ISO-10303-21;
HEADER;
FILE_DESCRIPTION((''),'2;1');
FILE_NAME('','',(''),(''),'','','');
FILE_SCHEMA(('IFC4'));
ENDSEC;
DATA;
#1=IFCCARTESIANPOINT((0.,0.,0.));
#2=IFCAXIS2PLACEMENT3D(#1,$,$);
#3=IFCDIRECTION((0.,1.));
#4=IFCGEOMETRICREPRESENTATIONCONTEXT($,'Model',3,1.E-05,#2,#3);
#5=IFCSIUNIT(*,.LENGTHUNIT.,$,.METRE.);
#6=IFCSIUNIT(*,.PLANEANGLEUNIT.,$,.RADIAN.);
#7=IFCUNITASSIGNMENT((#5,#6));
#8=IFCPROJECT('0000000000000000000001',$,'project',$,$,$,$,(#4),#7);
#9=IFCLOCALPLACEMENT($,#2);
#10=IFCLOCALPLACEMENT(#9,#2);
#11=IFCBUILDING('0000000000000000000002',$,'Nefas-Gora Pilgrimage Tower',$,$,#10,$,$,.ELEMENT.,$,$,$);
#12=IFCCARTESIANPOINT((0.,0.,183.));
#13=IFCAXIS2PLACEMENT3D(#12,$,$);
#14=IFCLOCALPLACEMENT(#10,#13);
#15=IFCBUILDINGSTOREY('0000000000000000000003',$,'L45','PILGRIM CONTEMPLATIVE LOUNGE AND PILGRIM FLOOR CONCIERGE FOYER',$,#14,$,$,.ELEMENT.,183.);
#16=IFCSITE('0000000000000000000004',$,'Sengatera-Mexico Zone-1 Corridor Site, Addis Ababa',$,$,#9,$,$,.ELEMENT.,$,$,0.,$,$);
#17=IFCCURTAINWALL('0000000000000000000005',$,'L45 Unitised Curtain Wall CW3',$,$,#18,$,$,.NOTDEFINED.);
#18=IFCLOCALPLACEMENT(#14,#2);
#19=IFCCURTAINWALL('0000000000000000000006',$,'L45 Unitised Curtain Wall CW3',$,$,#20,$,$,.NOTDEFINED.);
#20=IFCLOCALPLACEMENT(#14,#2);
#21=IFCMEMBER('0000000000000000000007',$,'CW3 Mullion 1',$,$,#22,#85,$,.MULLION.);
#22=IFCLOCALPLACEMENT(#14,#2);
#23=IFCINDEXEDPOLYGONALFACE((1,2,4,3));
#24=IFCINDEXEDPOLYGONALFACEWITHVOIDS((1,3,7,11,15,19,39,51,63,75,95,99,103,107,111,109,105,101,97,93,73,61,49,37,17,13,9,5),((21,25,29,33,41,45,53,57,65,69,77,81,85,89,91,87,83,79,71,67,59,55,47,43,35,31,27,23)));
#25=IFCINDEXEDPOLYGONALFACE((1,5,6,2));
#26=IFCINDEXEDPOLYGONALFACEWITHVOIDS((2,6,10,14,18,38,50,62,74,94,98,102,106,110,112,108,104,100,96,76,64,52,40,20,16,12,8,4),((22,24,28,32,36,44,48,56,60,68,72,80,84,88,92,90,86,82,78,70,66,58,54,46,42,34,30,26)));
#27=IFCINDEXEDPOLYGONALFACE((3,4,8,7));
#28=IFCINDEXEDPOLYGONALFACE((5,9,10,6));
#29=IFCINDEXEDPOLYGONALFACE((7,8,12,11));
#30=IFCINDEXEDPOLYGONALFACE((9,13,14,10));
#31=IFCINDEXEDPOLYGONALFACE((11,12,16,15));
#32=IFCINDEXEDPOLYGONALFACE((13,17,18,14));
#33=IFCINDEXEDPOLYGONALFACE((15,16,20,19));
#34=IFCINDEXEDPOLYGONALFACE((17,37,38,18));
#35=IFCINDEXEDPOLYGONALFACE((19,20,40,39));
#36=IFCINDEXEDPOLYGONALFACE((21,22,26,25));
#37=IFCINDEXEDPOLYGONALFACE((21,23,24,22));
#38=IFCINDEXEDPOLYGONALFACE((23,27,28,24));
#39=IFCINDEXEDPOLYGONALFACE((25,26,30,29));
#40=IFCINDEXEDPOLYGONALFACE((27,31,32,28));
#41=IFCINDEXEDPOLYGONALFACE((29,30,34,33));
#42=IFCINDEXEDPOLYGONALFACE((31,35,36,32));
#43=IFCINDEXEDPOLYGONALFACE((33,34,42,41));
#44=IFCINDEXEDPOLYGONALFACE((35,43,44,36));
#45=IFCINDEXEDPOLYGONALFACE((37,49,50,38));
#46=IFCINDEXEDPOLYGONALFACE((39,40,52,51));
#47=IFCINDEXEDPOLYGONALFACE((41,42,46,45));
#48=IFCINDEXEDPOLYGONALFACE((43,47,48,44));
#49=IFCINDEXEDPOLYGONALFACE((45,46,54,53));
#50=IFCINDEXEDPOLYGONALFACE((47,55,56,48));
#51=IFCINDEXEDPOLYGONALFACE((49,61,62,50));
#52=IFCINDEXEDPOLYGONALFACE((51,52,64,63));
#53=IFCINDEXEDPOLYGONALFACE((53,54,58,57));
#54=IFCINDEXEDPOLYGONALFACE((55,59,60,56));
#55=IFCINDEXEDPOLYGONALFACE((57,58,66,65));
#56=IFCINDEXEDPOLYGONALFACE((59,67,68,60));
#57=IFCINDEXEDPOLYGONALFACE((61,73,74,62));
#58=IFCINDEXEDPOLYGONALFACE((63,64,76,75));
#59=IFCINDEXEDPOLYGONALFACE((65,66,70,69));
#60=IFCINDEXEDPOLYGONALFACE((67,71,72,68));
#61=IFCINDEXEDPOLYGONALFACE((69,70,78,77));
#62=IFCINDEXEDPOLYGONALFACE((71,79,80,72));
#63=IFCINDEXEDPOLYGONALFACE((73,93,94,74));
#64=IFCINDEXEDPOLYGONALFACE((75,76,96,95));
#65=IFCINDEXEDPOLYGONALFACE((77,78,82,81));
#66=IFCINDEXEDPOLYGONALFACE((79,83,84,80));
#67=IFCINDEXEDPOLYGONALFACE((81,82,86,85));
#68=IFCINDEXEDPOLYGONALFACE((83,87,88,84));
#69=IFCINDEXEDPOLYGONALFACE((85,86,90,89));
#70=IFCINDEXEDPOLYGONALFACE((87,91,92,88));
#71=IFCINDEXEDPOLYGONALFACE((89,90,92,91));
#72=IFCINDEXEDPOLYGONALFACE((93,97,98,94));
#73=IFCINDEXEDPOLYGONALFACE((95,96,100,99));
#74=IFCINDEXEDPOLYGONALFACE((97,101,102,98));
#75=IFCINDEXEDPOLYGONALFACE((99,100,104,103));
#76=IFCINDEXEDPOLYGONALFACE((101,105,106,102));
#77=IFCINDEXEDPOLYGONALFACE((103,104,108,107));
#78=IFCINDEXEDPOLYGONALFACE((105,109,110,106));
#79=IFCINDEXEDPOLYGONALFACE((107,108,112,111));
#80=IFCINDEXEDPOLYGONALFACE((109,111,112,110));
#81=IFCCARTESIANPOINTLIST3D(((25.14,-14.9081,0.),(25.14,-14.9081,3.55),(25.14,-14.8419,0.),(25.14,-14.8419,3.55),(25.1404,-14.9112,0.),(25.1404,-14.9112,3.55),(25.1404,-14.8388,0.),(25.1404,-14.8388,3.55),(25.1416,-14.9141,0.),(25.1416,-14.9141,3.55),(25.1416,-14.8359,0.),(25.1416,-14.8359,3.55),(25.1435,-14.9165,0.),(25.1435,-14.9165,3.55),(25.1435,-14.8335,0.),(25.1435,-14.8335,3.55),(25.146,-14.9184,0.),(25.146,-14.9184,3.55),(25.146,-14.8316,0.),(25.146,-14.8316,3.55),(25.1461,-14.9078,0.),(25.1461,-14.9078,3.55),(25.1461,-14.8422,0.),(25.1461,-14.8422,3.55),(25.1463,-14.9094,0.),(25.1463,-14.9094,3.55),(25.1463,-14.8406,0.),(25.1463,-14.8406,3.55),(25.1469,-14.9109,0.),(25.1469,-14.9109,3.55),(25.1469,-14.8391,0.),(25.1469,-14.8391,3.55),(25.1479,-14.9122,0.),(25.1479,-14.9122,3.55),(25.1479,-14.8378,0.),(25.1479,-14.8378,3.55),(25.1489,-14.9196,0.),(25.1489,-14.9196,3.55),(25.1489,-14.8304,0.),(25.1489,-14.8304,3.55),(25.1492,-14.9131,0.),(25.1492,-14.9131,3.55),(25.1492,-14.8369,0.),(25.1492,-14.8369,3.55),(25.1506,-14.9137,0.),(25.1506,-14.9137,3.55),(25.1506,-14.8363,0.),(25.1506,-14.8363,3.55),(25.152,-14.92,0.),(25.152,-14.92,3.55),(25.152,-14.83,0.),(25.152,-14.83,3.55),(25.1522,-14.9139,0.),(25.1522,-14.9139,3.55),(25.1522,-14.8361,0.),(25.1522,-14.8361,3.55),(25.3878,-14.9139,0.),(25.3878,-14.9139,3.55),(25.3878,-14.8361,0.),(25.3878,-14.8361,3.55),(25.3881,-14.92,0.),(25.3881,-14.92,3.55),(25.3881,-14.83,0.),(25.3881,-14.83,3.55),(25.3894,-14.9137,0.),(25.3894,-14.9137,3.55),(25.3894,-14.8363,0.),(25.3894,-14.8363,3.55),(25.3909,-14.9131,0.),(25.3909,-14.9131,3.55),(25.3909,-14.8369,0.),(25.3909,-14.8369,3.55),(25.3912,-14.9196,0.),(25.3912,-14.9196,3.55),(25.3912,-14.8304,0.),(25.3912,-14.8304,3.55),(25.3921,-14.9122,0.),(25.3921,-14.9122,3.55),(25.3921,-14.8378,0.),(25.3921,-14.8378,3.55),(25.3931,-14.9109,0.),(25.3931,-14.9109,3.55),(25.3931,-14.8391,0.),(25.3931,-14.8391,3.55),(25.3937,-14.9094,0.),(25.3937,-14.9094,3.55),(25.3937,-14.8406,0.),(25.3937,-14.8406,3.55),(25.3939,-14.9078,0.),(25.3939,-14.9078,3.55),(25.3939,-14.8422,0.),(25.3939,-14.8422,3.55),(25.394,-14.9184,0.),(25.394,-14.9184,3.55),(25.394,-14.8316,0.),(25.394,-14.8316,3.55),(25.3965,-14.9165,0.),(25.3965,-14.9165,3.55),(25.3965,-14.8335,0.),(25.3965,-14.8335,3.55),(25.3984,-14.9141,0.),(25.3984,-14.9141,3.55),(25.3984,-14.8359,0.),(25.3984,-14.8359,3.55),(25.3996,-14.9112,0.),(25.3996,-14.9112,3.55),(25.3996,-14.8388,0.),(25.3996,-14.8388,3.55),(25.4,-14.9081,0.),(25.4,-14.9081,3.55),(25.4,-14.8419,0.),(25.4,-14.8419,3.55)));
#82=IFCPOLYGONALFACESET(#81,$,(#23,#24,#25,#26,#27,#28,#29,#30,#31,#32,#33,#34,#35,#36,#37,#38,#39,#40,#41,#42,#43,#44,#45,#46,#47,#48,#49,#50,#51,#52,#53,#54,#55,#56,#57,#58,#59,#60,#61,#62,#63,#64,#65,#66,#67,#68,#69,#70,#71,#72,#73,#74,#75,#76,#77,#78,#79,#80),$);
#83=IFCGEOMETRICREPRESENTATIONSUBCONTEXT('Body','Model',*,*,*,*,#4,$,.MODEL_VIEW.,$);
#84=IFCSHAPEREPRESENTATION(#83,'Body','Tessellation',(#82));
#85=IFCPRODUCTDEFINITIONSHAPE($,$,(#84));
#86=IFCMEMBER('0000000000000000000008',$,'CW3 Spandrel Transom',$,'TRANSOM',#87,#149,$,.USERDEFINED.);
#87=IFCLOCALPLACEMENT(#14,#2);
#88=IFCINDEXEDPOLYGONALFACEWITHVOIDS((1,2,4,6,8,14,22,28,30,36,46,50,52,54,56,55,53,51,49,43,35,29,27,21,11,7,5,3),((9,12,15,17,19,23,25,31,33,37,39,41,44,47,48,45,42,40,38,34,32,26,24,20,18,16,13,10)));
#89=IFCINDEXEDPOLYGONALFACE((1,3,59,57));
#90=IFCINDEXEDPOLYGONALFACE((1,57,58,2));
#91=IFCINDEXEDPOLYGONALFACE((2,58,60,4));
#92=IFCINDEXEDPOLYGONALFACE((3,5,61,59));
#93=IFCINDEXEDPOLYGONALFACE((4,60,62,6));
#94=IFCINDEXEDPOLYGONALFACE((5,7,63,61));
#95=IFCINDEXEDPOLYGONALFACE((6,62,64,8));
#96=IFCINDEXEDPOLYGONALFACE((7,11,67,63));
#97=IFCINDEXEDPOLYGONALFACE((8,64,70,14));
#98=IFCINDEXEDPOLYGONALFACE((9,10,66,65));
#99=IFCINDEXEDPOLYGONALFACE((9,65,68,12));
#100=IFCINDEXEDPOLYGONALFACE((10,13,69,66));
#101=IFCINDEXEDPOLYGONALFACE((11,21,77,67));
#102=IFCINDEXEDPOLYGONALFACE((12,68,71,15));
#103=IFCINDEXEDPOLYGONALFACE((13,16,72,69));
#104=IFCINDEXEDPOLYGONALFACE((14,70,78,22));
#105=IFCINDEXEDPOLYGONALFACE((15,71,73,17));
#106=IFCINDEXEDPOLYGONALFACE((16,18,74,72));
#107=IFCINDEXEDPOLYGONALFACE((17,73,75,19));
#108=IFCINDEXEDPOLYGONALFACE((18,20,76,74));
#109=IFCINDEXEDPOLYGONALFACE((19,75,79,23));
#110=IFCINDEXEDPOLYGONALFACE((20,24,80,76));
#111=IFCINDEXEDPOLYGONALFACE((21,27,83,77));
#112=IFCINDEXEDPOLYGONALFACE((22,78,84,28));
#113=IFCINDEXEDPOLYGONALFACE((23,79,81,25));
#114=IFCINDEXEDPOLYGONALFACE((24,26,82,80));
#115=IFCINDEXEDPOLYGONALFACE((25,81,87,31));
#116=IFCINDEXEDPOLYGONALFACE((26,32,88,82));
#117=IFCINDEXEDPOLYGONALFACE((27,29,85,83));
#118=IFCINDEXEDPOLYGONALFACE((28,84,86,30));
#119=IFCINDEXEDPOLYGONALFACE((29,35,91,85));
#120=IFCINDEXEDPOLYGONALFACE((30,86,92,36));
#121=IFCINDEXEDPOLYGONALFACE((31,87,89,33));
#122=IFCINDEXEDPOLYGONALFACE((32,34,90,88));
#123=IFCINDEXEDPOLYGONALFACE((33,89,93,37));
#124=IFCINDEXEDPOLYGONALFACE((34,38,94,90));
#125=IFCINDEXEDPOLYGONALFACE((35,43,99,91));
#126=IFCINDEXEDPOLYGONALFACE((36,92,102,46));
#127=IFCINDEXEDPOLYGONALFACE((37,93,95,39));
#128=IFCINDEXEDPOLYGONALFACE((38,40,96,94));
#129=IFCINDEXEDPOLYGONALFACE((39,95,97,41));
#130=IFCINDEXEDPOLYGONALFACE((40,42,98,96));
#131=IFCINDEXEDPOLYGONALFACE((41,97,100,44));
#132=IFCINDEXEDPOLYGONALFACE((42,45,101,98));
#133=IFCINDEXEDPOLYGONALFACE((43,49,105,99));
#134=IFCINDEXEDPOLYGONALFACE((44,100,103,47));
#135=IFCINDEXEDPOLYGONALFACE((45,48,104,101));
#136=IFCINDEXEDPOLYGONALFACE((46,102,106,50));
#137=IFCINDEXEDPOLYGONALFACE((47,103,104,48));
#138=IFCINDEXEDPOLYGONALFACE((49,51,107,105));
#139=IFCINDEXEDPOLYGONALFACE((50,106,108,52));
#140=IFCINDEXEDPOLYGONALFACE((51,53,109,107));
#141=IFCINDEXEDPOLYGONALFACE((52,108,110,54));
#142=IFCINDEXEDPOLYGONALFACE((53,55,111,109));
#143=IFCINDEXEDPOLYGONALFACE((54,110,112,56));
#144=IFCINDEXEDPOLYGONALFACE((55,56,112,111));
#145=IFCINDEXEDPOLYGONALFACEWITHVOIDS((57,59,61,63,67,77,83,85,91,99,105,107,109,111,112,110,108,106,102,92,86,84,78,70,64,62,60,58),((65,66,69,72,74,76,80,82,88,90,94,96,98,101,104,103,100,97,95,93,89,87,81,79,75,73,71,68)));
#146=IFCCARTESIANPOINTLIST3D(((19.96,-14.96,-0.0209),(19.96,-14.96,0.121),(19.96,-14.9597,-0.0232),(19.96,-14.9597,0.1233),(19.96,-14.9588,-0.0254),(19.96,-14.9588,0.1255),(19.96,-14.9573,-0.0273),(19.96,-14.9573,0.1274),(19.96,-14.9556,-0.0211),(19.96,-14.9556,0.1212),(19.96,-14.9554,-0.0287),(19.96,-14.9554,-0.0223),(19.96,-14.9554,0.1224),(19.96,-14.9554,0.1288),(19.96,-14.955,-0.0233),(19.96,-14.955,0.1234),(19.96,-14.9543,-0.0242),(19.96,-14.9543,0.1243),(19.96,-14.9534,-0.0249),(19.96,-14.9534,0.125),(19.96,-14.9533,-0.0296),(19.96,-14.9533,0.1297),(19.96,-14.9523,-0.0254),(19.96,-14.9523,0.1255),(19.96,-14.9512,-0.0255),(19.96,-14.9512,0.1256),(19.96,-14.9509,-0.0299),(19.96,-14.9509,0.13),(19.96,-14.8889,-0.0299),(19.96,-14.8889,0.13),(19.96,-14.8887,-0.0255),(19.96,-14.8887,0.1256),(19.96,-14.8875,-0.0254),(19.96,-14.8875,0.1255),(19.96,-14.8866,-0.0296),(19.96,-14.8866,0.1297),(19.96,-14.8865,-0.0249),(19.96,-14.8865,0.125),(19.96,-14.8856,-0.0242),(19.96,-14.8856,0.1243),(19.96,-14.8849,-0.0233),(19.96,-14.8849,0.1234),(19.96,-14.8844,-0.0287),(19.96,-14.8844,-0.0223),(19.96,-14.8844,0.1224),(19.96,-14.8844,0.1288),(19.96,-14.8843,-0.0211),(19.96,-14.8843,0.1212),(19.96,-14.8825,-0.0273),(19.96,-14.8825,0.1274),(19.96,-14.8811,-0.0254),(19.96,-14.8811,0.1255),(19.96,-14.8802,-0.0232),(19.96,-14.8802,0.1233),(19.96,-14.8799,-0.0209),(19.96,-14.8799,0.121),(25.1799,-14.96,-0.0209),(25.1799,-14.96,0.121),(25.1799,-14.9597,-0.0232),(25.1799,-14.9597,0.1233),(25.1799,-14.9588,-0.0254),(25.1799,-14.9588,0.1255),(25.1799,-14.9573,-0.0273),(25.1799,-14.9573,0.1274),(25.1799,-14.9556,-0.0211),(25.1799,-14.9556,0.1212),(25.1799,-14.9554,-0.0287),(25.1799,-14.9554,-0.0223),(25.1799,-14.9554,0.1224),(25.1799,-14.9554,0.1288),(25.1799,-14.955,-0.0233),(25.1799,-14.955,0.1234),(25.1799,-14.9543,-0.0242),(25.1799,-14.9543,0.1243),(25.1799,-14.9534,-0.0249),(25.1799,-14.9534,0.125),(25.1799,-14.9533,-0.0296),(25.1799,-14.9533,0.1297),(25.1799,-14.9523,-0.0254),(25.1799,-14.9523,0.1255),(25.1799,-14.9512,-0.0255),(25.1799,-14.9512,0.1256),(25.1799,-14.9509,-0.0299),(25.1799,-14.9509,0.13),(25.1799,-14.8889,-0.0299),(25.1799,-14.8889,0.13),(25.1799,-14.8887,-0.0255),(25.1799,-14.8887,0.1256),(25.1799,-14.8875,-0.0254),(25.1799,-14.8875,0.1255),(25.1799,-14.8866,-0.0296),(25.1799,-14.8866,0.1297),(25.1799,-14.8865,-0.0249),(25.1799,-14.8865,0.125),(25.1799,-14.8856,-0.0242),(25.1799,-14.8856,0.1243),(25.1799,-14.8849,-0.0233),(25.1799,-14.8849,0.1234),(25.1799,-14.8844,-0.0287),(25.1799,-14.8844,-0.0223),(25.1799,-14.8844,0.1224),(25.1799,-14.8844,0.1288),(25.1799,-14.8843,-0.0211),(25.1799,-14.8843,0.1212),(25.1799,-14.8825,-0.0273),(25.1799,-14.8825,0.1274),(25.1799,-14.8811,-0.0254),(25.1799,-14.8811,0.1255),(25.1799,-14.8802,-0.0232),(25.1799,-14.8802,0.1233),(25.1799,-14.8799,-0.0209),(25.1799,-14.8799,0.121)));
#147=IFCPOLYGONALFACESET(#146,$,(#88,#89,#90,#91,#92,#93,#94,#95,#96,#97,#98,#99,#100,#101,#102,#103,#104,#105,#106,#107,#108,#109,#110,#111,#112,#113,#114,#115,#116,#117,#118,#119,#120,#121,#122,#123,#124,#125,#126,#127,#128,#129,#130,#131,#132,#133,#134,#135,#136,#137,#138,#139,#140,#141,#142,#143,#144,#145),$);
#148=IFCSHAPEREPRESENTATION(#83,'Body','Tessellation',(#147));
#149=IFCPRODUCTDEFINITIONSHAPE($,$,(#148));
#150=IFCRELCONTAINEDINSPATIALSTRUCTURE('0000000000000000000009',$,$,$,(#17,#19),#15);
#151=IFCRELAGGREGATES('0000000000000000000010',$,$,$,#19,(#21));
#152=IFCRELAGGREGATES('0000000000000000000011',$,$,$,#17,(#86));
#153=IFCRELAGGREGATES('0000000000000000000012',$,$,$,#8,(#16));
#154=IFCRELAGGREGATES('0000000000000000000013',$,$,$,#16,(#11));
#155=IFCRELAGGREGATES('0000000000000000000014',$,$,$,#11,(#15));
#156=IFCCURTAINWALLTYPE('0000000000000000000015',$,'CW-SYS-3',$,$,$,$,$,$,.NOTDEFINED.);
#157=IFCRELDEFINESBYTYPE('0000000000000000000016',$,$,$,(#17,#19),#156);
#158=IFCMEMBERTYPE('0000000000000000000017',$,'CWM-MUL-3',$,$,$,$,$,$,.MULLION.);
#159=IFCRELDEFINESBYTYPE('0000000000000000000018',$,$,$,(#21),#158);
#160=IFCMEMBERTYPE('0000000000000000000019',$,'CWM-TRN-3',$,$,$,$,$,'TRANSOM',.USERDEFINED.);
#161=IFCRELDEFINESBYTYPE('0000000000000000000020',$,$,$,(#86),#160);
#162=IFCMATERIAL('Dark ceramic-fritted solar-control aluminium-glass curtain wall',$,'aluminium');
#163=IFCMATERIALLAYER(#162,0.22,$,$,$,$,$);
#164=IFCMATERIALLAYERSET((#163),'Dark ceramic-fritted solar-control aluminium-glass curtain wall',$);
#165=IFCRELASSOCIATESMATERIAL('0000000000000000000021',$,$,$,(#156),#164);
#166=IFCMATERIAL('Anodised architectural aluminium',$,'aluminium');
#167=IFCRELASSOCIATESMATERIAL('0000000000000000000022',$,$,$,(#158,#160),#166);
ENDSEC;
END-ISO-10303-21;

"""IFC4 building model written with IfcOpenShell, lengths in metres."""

from ifc_helpers import new_model, si_unit, direction, frame, origin, origin_2d, place, context, subcontext, project, spatial, hollow_rectangle, extrude, source, transform, mapped, material, layer, layer_set, material_profile, profile_set, type_object, element, aggregate, save


model = new_model("IFC4")

# Units and contexts
model_context = context("Model", 3, precision=1e-05, world=origin(), true_north=direction((0.0, 1.0)))
body_context = subcontext(model_context, "Body", "Model", "MODEL_VIEW")
ifc_project = project(units=[si_unit("LENGTHUNIT", "METRE"), si_unit("PLANEANGLEUNIT", "RADIAN")], contexts=[model_context])

# Site, building, storey
site_placement = place(None, origin())
site = spatial("IfcSite", under=ifc_project, at=site_placement, Name="Sengatera-Mexico Zone-1 Corridor Site, Addis Ababa", CompositionType="ELEMENT", RefElevation=0.0)
building_placement = place(site_placement, origin())
building = spatial("IfcBuilding", under=site, at=building_placement, Name="Nefas-Gora Pilgrimage Tower", CompositionType="ELEMENT")
storey_placement = place(building_placement, frame((0.0, 0.0, 183.0)))
storey = spatial("IfcBuildingStorey", under=building, at=storey_placement, Name="L45", Description="PILGRIM CONTEMPLATIVE LOUNGE AND PILGRIM FLOOR CONCIERGE FOYER", CompositionType="ELEMENT", Elevation=183.0)

# Curtain wall
ifc_material_1 = material(Name="Dark ceramic-fritted solar-control aluminium-glass curtain wall", Category="aluminium")
ifc_layer_1 = layer(ifc_material_1, 0.22)
ifc_layer_set_1 = layer_set([ifc_layer_1], Name="Dark ceramic-fritted solar-control aluminium-glass curtain wall")
curtain_wall_type = type_object("IfcCurtainWallType", Name="CW-SYS-3", PredefinedType="NOTDEFINED", material=ifc_layer_set_1)
ifc_material_2 = material(Name="Anodised architectural aluminium", Category="aluminium")
ifc_material_profile_1 = material_profile(ifc_material_2, hollow_rectangle(XDim=0.0901, YDim=0.26, WallThickness=0.0061, InnerFilletRadius=0.0061, OuterFilletRadius=0.012, at=origin_2d()), Name="ALU MULLION 90x260")
ifc_profile_set_1 = profile_set([ifc_material_profile_1], Name="Anodised architectural aluminium")
member_type_1 = type_object("IfcMemberType", Name="CWM-MUL-3", PredefinedType="MULLION", material=ifc_profile_set_1)
shared_shape_1 = source(origin(), body_context, "Body", "SweptSolid", [
    extrude(hollow_rectangle(XDim=0.0901, YDim=0.26, WallThickness=0.0061, InnerFilletRadius=0.0061, OuterFilletRadius=0.012, at=origin_2d()), origin(), (0.0, 0.0, 1.0), 3.55),
])
curtain_wall_1_placement = place(storey_placement, origin())
curtain_wall_1 = element("IfcCurtainWall", 1, at=curtain_wall_1_placement, inside=storey, type_object=curtain_wall_type, Name="L45 Unitised Curtain Wall CW3", PredefinedType="NOTDEFINED")

# Curtain wall, member
curtain_wall_2_placement = place(storey_placement, origin())
curtain_wall_2 = element("IfcCurtainWall", 2, at=curtain_wall_2_placement, inside=storey, type_object=curtain_wall_type, Name="L45 Unitised Curtain Wall CW3", PredefinedType="NOTDEFINED")
member_1_placement = place(storey_placement, frame((25.27, -14.875, 0.0), z_axis=(0.0, 0.0, 1.0), x_axis=(0.0, 1.0, 0.0)))
member_1 = element("IfcMember", 3, at=member_1_placement, type_object=member_type_1, Name="CW3 Mullion 1", PredefinedType="MULLION", context=body_context, shape_type="MappedRepresentation", body=[
    mapped(shared_shape_1, transform((0.0, 0.0, 0.0), x_axis=(1.0, 0.0, 0.0), y_axis=(0.0, 1.0, 0.0), z_axis=(0.0, 0.0, 1.0), scale=1.0)),
])

# Member
ifc_material_profile_2 = material_profile(ifc_material_2, hollow_rectangle(XDim=0.0801, YDim=0.1599, WallThickness=0.0044, InnerFilletRadius=0.0044, OuterFilletRadius=0.009, at=origin_2d()), Name="ALU TRANSOM 80x160")
ifc_profile_set_2 = profile_set([ifc_material_profile_2], Name="Anodised architectural aluminium")
member_type_2 = type_object("IfcMemberType", Name="CWM-TRN-3", ElementType="TRANSOM", PredefinedType="USERDEFINED", material=ifc_profile_set_2)
shared_shape_2 = source(origin(), body_context, "Body", "SweptSolid", [
    extrude(hollow_rectangle(XDim=0.0801, YDim=0.1599, WallThickness=0.0044, InnerFilletRadius=0.0044, OuterFilletRadius=0.009, at=origin_2d()), origin(), (0.0, 0.0, 1.0), 5.22),
])
member_2_placement = place(storey_placement, frame((19.96, -14.9199, 0.05), z_axis=(1.0, 0.0, 0.0), x_axis=(0.0, 1.0, 0.0)))
member_2 = element("IfcMember", 4, at=member_2_placement, type_object=member_type_2, Name="CW3 Spandrel Transom", ObjectType="TRANSOM", PredefinedType="USERDEFINED", context=body_context, shape_type="MappedRepresentation", body=[
    mapped(shared_shape_2, transform((0.0, 0.0, 0.0), x_axis=(1.0, 0.0, 0.0), y_axis=(0.0, 1.0, 0.0), z_axis=(0.0, 0.0, 1.0), scale=1.0)),
])
aggregate(curtain_wall_2, [member_1])

aggregate(curtain_wall_1, [member_2])

save(model, "model.ifc")
